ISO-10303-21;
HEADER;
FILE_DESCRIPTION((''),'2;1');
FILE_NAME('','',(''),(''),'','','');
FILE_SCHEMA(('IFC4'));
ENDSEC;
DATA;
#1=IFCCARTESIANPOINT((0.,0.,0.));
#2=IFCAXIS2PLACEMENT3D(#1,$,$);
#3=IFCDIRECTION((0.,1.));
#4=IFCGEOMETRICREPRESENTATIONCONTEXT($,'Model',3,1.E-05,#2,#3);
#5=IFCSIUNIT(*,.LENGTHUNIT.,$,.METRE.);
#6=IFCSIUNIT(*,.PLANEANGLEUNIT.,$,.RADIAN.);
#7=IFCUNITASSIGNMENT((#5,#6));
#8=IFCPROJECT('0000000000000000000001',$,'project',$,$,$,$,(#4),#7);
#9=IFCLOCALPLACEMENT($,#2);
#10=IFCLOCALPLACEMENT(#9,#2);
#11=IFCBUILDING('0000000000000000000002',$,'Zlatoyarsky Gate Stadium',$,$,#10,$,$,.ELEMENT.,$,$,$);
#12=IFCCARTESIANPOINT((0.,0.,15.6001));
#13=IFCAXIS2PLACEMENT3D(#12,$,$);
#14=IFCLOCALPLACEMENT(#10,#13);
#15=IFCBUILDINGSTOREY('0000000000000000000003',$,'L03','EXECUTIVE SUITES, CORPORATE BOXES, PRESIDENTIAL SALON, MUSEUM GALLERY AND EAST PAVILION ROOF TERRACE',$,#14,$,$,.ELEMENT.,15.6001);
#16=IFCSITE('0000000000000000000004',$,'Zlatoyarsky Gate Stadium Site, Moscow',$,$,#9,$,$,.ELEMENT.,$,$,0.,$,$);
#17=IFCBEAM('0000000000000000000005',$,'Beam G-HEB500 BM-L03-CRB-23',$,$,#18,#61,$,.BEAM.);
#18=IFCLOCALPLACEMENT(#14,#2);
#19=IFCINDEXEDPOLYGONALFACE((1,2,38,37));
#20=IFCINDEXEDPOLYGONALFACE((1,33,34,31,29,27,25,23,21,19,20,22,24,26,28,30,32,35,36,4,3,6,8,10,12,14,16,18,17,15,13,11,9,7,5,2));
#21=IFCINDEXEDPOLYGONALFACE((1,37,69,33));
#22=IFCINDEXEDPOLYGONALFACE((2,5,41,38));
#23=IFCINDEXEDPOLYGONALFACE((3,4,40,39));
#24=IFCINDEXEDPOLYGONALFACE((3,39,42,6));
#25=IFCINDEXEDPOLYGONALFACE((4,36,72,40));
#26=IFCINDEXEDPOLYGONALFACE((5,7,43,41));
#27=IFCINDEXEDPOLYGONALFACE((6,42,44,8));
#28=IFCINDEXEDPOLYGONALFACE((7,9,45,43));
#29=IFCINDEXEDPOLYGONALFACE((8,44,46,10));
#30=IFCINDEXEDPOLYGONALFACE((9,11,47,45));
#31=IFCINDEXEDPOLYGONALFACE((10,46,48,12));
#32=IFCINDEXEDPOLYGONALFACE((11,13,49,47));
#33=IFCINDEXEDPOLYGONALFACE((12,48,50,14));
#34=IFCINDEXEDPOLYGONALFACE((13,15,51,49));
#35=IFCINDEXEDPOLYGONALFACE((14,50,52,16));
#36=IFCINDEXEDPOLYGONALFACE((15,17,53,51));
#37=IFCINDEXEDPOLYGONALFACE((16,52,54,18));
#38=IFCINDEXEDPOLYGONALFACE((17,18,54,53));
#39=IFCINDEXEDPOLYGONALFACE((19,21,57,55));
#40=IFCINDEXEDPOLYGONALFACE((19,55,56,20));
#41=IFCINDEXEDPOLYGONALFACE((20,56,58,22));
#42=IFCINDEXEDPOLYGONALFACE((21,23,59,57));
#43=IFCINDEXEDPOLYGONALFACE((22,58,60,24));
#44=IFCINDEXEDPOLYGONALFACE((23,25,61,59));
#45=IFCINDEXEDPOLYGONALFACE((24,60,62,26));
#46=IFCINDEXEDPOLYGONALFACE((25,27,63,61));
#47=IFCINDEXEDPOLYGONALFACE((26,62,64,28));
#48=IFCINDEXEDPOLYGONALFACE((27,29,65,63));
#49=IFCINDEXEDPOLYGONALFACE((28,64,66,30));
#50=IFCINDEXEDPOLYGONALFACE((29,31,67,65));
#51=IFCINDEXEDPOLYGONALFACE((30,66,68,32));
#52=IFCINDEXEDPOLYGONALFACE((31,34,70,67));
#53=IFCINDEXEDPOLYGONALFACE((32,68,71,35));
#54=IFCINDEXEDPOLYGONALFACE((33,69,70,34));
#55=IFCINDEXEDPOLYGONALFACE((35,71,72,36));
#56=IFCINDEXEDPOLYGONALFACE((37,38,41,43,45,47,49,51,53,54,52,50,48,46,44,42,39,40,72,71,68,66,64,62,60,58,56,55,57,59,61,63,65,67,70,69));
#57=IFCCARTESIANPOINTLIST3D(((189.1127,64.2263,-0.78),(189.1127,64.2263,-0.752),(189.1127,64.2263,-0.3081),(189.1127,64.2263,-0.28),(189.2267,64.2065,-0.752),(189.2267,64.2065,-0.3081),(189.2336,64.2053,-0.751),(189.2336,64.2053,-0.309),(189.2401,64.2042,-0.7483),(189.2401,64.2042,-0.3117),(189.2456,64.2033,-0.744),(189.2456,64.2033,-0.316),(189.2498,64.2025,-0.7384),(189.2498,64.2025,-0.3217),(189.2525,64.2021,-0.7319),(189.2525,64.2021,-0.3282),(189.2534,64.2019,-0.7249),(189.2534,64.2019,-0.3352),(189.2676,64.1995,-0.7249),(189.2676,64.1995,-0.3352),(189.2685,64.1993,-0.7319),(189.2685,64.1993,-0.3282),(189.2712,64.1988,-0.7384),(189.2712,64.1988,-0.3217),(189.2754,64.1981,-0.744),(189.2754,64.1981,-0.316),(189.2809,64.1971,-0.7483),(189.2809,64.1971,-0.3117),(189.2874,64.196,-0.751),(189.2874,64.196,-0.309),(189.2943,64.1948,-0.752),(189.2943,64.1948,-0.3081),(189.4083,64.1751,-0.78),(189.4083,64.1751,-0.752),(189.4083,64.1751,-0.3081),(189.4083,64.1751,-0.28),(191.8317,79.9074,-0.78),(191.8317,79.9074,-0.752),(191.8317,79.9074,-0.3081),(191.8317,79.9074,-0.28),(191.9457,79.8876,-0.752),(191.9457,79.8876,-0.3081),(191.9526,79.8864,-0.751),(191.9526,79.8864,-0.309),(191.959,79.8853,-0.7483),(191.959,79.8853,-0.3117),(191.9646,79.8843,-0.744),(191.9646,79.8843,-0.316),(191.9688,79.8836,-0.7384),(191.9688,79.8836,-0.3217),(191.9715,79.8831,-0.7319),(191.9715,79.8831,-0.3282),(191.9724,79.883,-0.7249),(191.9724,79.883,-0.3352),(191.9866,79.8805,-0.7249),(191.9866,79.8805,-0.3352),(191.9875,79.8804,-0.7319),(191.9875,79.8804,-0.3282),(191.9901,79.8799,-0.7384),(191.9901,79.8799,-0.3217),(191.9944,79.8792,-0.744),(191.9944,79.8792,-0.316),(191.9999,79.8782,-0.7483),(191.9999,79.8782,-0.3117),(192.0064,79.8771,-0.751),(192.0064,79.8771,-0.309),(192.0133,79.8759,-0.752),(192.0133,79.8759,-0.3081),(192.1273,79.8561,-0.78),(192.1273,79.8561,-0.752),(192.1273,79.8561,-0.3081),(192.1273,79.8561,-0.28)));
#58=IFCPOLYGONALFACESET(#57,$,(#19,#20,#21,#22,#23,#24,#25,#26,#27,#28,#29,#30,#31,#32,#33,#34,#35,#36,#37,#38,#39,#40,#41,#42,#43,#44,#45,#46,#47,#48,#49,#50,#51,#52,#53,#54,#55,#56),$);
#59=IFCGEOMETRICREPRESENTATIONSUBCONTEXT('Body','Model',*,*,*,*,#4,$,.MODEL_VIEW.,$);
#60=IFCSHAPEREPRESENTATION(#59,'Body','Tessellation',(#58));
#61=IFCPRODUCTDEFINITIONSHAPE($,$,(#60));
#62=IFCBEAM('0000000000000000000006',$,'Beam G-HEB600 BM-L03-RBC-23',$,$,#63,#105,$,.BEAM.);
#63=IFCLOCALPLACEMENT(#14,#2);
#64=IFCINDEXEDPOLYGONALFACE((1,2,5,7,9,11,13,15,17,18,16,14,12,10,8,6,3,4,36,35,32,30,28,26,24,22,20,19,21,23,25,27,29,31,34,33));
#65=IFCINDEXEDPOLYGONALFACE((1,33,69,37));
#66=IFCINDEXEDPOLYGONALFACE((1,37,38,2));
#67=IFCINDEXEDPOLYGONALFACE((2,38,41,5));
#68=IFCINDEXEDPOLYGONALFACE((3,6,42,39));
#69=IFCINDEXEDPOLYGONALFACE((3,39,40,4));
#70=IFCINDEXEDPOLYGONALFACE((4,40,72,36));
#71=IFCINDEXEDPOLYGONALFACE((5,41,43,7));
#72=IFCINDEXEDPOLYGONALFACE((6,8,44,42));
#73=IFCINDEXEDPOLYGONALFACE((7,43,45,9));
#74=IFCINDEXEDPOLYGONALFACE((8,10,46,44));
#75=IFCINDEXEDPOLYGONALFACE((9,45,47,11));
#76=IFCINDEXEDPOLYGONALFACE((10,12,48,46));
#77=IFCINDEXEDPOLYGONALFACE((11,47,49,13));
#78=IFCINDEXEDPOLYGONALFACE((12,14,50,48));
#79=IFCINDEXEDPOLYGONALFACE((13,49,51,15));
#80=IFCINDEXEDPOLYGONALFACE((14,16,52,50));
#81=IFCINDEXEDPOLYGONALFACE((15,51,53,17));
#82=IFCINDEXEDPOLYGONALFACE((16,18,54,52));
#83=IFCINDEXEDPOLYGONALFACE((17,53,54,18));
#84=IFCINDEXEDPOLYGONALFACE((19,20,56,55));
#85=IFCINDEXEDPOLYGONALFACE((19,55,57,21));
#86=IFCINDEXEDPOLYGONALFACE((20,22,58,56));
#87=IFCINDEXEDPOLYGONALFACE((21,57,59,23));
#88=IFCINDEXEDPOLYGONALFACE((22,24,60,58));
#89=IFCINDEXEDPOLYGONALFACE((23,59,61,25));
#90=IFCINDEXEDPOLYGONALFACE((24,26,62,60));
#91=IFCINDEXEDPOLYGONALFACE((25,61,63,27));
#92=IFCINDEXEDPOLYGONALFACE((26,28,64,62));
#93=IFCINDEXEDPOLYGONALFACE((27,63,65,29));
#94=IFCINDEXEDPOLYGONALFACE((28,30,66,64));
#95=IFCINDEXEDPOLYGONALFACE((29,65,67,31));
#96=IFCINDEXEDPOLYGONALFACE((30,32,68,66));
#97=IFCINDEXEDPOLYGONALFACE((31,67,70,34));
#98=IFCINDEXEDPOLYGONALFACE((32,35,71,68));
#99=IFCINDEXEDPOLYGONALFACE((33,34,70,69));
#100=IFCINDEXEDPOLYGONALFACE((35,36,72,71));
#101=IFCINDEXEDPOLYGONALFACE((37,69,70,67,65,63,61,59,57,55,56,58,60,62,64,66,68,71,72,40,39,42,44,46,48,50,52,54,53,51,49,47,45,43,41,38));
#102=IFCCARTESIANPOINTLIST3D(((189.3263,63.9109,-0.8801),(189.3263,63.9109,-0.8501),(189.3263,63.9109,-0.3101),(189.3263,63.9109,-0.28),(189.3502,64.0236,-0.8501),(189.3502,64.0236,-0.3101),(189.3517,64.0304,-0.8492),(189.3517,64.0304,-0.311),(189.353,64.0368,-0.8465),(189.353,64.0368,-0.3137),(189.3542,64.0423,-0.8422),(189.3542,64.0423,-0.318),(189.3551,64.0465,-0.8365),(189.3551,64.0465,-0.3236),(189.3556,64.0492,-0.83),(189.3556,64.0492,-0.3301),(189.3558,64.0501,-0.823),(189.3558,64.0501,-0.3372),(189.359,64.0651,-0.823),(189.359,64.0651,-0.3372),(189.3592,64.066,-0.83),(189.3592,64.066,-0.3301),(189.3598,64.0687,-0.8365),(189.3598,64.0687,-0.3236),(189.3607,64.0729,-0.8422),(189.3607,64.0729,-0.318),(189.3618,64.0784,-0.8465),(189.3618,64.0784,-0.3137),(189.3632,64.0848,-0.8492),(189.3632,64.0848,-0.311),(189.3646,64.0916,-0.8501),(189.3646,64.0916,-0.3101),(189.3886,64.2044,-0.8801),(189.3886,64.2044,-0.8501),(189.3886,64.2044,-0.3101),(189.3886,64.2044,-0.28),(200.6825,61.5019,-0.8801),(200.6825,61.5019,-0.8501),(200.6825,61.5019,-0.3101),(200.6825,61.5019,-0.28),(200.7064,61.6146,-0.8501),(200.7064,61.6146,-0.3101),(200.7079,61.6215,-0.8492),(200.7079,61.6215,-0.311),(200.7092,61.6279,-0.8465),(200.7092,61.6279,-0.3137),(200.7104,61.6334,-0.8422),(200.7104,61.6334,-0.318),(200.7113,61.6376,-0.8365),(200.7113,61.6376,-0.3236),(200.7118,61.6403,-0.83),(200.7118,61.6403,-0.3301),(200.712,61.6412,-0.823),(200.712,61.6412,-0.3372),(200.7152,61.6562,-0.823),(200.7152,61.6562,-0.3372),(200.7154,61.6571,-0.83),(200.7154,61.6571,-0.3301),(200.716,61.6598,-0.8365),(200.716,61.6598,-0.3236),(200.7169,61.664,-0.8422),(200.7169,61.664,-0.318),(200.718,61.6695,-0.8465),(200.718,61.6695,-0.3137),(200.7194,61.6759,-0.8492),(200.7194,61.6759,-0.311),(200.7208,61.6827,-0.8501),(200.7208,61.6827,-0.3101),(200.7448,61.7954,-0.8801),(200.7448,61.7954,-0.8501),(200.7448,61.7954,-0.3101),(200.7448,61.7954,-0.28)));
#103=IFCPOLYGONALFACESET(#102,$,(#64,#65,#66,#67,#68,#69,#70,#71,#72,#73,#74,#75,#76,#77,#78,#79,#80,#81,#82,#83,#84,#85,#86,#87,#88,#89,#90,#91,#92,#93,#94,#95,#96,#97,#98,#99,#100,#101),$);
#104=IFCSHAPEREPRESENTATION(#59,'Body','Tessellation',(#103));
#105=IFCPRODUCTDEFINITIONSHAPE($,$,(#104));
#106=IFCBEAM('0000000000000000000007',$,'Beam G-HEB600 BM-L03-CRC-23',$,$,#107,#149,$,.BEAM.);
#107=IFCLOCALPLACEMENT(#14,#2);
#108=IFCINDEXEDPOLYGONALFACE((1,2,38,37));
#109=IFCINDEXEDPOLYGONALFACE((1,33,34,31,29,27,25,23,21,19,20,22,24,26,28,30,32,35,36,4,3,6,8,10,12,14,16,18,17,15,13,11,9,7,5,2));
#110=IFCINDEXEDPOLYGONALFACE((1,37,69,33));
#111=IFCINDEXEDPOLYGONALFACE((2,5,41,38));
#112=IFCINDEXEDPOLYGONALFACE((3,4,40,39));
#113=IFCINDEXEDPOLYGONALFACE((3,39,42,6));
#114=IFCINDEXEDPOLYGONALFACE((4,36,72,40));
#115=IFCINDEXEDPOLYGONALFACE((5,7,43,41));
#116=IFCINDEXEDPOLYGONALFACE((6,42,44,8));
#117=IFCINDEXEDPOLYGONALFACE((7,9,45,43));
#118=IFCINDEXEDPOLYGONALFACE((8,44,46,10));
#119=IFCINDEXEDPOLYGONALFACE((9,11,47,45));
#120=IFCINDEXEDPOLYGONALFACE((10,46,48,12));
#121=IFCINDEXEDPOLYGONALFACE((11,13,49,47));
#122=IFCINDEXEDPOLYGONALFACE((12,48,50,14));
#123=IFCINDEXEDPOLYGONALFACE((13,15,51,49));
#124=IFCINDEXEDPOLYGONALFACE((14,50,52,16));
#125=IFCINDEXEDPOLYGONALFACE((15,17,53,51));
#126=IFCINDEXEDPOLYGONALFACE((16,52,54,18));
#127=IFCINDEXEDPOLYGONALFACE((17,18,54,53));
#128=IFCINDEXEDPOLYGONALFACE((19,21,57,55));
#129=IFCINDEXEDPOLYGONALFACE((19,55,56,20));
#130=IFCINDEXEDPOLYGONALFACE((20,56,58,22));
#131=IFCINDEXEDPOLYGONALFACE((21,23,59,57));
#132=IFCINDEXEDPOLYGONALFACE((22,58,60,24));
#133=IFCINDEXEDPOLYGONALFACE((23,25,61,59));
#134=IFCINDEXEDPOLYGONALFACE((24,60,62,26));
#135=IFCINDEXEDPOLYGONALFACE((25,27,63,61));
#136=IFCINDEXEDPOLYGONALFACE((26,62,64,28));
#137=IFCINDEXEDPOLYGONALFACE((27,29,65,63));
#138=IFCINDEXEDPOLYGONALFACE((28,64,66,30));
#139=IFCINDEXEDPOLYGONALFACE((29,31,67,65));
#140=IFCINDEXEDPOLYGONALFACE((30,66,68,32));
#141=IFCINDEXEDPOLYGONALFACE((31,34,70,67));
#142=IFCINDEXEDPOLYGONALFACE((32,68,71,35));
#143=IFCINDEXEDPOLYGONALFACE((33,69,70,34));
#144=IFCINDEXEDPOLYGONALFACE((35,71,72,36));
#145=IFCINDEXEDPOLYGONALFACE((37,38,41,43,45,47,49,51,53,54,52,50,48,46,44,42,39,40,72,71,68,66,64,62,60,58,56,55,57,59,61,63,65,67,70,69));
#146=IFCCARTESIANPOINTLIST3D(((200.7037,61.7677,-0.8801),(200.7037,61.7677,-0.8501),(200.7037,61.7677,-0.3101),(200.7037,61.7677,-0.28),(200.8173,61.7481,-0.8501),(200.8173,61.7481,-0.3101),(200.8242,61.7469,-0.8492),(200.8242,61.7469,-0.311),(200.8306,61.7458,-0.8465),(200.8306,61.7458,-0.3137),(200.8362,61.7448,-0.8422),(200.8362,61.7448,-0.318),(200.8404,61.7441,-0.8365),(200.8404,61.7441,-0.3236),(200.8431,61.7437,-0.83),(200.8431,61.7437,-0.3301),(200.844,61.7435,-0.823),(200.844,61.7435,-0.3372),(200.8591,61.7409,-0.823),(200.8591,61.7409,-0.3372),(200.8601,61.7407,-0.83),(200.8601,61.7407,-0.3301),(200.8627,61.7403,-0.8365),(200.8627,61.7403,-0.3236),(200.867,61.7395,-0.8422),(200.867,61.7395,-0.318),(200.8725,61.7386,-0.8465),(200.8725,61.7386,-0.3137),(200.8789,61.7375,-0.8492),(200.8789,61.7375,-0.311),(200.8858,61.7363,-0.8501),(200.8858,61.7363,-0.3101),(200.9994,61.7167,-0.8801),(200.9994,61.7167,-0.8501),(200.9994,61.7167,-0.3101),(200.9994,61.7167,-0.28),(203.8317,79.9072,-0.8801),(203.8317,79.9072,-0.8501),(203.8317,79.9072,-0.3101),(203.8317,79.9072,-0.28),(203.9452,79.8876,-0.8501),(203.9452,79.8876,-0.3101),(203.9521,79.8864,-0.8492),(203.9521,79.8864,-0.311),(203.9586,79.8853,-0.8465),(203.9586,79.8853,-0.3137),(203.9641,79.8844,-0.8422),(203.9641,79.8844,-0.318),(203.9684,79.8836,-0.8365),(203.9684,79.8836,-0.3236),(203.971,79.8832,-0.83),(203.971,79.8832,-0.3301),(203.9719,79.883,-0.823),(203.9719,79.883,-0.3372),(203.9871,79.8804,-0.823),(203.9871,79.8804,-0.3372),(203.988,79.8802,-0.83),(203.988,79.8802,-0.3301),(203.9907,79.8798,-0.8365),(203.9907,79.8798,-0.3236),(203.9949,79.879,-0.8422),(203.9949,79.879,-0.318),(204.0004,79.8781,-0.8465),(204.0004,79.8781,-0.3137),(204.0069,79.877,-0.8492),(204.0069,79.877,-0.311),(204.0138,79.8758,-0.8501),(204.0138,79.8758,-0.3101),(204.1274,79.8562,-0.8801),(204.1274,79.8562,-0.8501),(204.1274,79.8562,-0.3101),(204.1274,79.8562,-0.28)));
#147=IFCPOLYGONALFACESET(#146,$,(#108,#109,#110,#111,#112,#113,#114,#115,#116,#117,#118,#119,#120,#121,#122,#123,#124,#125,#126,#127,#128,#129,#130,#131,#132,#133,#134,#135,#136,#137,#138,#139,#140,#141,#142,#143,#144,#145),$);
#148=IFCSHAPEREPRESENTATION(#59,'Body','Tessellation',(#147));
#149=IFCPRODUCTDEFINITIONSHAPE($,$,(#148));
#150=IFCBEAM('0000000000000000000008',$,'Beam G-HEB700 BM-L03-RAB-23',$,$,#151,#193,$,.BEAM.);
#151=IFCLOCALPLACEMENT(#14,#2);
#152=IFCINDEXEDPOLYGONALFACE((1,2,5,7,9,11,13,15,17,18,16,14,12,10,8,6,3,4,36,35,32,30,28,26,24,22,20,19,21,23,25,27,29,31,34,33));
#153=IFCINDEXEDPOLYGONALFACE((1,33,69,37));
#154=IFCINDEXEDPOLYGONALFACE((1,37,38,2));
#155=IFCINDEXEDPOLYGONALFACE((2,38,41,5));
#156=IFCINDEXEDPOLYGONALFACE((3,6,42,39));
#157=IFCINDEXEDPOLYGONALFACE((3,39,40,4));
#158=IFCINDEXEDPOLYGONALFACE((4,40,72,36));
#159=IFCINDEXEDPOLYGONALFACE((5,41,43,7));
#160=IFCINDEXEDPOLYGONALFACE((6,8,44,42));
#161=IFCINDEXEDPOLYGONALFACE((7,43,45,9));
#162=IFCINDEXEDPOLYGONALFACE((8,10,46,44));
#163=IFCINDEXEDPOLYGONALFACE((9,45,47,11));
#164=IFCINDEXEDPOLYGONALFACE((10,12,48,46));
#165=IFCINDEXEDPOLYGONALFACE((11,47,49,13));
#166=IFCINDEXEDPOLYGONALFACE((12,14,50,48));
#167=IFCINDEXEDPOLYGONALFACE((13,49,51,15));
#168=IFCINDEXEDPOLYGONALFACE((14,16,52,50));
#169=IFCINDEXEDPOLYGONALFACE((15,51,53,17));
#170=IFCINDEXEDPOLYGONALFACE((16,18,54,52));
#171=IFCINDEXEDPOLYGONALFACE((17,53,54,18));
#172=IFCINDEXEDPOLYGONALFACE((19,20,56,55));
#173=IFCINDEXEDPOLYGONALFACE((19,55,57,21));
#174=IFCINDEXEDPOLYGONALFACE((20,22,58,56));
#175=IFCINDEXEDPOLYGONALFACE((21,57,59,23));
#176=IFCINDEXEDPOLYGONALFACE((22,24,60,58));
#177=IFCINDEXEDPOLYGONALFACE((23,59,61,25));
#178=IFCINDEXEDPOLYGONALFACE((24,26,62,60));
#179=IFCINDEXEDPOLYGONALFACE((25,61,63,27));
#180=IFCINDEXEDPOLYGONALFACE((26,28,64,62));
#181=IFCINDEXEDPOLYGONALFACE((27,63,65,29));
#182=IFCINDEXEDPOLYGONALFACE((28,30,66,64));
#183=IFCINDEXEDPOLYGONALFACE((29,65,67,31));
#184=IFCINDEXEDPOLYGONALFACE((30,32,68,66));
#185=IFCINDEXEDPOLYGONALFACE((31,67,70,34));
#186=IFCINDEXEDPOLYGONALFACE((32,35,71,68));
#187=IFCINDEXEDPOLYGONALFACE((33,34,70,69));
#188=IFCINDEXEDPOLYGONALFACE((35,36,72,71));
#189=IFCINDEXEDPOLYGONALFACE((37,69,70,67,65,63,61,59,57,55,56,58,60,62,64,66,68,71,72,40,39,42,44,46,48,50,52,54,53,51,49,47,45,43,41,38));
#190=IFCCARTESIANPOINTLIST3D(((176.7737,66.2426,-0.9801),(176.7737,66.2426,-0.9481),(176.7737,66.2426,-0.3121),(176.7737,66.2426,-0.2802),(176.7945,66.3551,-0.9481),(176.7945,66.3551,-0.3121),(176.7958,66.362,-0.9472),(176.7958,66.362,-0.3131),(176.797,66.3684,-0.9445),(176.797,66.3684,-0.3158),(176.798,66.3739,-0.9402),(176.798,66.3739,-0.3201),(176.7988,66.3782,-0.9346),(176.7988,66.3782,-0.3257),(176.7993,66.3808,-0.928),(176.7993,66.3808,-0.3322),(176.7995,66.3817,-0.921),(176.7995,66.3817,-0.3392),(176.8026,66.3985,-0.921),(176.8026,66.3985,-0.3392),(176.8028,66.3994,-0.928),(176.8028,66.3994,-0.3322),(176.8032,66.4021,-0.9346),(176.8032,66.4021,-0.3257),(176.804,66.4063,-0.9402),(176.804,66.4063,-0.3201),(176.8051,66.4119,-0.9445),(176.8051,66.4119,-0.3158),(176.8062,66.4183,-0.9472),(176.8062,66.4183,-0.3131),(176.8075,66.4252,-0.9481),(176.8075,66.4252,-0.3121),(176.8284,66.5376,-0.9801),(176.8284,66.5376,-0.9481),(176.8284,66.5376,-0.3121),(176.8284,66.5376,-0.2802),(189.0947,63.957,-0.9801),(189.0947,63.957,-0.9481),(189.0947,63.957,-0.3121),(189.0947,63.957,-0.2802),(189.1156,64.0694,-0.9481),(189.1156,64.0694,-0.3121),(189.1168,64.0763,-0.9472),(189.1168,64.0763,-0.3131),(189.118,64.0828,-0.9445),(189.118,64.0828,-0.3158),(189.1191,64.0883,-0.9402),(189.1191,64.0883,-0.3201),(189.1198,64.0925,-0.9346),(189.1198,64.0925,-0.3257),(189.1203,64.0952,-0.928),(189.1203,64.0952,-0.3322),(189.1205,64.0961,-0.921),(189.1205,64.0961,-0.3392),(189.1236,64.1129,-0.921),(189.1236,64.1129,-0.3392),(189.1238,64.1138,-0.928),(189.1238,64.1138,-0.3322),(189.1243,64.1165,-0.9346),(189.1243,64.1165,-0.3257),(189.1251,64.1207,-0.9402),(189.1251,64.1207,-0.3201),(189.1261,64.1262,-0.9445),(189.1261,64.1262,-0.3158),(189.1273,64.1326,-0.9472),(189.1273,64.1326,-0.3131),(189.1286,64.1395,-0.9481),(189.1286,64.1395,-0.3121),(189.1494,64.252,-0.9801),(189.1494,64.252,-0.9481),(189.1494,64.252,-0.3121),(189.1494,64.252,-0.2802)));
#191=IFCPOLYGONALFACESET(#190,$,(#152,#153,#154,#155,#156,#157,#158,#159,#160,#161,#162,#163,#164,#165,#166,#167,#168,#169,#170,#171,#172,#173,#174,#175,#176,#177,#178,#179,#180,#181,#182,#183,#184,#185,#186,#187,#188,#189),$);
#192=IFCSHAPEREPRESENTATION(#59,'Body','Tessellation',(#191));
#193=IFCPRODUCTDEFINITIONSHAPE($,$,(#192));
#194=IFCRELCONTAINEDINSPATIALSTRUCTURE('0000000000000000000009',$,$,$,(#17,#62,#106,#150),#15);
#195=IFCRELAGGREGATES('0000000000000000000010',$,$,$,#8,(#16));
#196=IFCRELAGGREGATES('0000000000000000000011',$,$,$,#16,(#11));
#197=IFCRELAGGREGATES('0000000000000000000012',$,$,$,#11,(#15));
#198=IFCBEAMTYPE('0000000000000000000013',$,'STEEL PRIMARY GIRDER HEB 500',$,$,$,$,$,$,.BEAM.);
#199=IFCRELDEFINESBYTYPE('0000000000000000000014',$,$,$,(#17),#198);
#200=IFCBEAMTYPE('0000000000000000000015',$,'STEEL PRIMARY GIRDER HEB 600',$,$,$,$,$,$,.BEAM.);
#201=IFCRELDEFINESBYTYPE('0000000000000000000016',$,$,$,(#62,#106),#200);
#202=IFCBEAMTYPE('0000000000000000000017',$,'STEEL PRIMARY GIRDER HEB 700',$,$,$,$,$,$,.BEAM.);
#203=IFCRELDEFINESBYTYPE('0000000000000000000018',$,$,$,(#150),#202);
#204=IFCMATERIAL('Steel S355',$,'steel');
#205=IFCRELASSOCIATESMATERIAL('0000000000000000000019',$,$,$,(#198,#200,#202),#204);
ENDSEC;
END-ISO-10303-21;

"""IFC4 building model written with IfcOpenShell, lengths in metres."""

from ifc_helpers import new_model, si_unit, direction, frame, origin, origin_2d, place, context, subcontext, project, spatial, i_section, extrude, material, material_profile, profile_set, type_object, element, save


model = new_model("IFC4")

# Units and contexts
model_context = context("Model", 3, precision=1e-05, world=origin(), true_north=direction((0.0, 1.0)))
body_context = subcontext(model_context, "Body", "Model", "MODEL_VIEW")
ifc_project = project(units=[si_unit("LENGTHUNIT", "METRE"), si_unit("PLANEANGLEUNIT", "RADIAN")], contexts=[model_context])

# Site, building, storey
site_placement = place(None, origin())
site = spatial("IfcSite", under=ifc_project, at=site_placement, Name="Zlatoyarsky Gate Stadium Site, Moscow", CompositionType="ELEMENT", RefElevation=0.0)
building_placement = place(site_placement, origin())
building = spatial("IfcBuilding", under=site, at=building_placement, Name="Zlatoyarsky Gate Stadium", CompositionType="ELEMENT")
storey_placement = place(building_placement, frame((0.0, 0.0, 15.6001)))
storey = spatial("IfcBuildingStorey", under=building, at=storey_placement, Name="L03", Description="EXECUTIVE SUITES, CORPORATE BOXES, PRESIDENTIAL SALON, MUSEUM GALLERY AND EAST PAVILION ROOF TERRACE", CompositionType="ELEMENT", Elevation=15.6001)

# Shared definitions
ifc_material_1 = material(Name="Steel S355", Category="steel")

# Beams
ifc_material_profile_1 = material_profile(ifc_material_1, i_section(OverallWidth=0.3, OverallDepth=0.5, WebThickness=0.0144, FlangeThickness=0.0281, FilletRadius=0.0271, at=origin_2d()), Name="HEB 500")
ifc_profile_set_1 = profile_set([ifc_material_profile_1], Name="Steel S355")
beam_type_1 = type_object("IfcBeamType", Name="STEEL PRIMARY GIRDER HEB 500", PredefinedType="BEAM", material=ifc_profile_set_1)
beam_1_placement = place(storey_placement, frame((189.2605, 64.2007, -0.53), z_axis=(0.170843, 0.985298, 0.0), x_axis=(-0.985298, 0.170843, 0.0)))
element("IfcBeam", 1, at=beam_1_placement, inside=storey, type_object=beam_type_1, Name="Beam G-HEB500 BM-L03-CRB-23", PredefinedType="BEAM", context=body_context, shape_type="SweptSolid", body=[
    extrude(i_section(OverallWidth=0.3, OverallDepth=0.5, WebThickness=0.0144, FlangeThickness=0.0281, FilletRadius=0.0271, at=origin_2d()), origin(), (0.0, 0.0, 1.0), 15.915),
])
ifc_material_profile_2 = material_profile(ifc_material_1, i_section(OverallWidth=0.3, OverallDepth=0.6001, WebThickness=0.0154, FlangeThickness=0.03, FilletRadius=0.0271, at=origin_2d()), Name="HEB 600")
ifc_profile_set_2 = profile_set([ifc_material_profile_2], Name="Steel S355")
beam_type_2 = type_object("IfcBeamType", Name="STEEL PRIMARY GIRDER HEB 600", PredefinedType="BEAM", material=ifc_profile_set_2)
beam_2_placement = place(storey_placement, frame((189.3574, 64.0576, -0.5801), z_axis=(0.978233, -0.207508, 0.0), x_axis=(0.207508, 0.978233, 0.0)))
element("IfcBeam", 2, at=beam_2_placement, inside=storey, type_object=beam_type_2, Name="Beam G-HEB600 BM-L03-RBC-23", PredefinedType="BEAM", context=body_context, shape_type="SweptSolid", body=[
    extrude(i_section(OverallWidth=0.3, OverallDepth=0.6001, WebThickness=0.0154, FlangeThickness=0.03, FilletRadius=0.0271, at=origin_2d()), origin(), (0.0, 0.0, 1.0), 11.6089),
])
beam_3_placement = place(storey_placement, frame((200.8516, 61.7422, -0.5801), z_axis=(0.16993, 0.985456, 0.0), x_axis=(-0.985456, 0.16993, 0.0)))
element("IfcBeam", 3, at=beam_3_placement, inside=storey, type_object=beam_type_2, Name="Beam G-HEB600 BM-L03-CRC-23", PredefinedType="BEAM", context=body_context, shape_type="SweptSolid", body=[
    extrude(i_section(OverallWidth=0.3, OverallDepth=0.6001, WebThickness=0.0154, FlangeThickness=0.03, FilletRadius=0.0271, at=origin_2d()), origin(), (0.0, 0.0, 1.0), 18.4072),
])
ifc_material_profile_3 = material_profile(ifc_material_1, i_section(OverallWidth=0.3, OverallDepth=0.7, WebThickness=0.0171, FlangeThickness=0.032, FilletRadius=0.0271, at=origin_2d()), Name="HEB 700")
ifc_profile_set_3 = profile_set([ifc_material_profile_3], Name="Steel S355")
beam_type_3 = type_object("IfcBeamType", Name="STEEL PRIMARY GIRDER HEB 700", PredefinedType="BEAM", material=ifc_profile_set_3)
beam_4_placement = place(storey_placement, frame((176.801, 66.3901, -0.6301), z_axis=(0.983225, -0.182396, 0.0), x_axis=(0.182396, 0.983225, 0.0)))
element("IfcBeam", 4, at=beam_4_placement, inside=storey, type_object=beam_type_3, Name="Beam G-HEB700 BM-L03-RAB-23", PredefinedType="BEAM", context=body_context, shape_type="SweptSolid", body=[
    extrude(i_section(OverallWidth=0.3, OverallDepth=0.7, WebThickness=0.0171, FlangeThickness=0.032, FilletRadius=0.0271, at=origin_2d()), origin(), (0.0, 0.0, 1.0), 12.5312),
])

save(model, "model.ifc")
